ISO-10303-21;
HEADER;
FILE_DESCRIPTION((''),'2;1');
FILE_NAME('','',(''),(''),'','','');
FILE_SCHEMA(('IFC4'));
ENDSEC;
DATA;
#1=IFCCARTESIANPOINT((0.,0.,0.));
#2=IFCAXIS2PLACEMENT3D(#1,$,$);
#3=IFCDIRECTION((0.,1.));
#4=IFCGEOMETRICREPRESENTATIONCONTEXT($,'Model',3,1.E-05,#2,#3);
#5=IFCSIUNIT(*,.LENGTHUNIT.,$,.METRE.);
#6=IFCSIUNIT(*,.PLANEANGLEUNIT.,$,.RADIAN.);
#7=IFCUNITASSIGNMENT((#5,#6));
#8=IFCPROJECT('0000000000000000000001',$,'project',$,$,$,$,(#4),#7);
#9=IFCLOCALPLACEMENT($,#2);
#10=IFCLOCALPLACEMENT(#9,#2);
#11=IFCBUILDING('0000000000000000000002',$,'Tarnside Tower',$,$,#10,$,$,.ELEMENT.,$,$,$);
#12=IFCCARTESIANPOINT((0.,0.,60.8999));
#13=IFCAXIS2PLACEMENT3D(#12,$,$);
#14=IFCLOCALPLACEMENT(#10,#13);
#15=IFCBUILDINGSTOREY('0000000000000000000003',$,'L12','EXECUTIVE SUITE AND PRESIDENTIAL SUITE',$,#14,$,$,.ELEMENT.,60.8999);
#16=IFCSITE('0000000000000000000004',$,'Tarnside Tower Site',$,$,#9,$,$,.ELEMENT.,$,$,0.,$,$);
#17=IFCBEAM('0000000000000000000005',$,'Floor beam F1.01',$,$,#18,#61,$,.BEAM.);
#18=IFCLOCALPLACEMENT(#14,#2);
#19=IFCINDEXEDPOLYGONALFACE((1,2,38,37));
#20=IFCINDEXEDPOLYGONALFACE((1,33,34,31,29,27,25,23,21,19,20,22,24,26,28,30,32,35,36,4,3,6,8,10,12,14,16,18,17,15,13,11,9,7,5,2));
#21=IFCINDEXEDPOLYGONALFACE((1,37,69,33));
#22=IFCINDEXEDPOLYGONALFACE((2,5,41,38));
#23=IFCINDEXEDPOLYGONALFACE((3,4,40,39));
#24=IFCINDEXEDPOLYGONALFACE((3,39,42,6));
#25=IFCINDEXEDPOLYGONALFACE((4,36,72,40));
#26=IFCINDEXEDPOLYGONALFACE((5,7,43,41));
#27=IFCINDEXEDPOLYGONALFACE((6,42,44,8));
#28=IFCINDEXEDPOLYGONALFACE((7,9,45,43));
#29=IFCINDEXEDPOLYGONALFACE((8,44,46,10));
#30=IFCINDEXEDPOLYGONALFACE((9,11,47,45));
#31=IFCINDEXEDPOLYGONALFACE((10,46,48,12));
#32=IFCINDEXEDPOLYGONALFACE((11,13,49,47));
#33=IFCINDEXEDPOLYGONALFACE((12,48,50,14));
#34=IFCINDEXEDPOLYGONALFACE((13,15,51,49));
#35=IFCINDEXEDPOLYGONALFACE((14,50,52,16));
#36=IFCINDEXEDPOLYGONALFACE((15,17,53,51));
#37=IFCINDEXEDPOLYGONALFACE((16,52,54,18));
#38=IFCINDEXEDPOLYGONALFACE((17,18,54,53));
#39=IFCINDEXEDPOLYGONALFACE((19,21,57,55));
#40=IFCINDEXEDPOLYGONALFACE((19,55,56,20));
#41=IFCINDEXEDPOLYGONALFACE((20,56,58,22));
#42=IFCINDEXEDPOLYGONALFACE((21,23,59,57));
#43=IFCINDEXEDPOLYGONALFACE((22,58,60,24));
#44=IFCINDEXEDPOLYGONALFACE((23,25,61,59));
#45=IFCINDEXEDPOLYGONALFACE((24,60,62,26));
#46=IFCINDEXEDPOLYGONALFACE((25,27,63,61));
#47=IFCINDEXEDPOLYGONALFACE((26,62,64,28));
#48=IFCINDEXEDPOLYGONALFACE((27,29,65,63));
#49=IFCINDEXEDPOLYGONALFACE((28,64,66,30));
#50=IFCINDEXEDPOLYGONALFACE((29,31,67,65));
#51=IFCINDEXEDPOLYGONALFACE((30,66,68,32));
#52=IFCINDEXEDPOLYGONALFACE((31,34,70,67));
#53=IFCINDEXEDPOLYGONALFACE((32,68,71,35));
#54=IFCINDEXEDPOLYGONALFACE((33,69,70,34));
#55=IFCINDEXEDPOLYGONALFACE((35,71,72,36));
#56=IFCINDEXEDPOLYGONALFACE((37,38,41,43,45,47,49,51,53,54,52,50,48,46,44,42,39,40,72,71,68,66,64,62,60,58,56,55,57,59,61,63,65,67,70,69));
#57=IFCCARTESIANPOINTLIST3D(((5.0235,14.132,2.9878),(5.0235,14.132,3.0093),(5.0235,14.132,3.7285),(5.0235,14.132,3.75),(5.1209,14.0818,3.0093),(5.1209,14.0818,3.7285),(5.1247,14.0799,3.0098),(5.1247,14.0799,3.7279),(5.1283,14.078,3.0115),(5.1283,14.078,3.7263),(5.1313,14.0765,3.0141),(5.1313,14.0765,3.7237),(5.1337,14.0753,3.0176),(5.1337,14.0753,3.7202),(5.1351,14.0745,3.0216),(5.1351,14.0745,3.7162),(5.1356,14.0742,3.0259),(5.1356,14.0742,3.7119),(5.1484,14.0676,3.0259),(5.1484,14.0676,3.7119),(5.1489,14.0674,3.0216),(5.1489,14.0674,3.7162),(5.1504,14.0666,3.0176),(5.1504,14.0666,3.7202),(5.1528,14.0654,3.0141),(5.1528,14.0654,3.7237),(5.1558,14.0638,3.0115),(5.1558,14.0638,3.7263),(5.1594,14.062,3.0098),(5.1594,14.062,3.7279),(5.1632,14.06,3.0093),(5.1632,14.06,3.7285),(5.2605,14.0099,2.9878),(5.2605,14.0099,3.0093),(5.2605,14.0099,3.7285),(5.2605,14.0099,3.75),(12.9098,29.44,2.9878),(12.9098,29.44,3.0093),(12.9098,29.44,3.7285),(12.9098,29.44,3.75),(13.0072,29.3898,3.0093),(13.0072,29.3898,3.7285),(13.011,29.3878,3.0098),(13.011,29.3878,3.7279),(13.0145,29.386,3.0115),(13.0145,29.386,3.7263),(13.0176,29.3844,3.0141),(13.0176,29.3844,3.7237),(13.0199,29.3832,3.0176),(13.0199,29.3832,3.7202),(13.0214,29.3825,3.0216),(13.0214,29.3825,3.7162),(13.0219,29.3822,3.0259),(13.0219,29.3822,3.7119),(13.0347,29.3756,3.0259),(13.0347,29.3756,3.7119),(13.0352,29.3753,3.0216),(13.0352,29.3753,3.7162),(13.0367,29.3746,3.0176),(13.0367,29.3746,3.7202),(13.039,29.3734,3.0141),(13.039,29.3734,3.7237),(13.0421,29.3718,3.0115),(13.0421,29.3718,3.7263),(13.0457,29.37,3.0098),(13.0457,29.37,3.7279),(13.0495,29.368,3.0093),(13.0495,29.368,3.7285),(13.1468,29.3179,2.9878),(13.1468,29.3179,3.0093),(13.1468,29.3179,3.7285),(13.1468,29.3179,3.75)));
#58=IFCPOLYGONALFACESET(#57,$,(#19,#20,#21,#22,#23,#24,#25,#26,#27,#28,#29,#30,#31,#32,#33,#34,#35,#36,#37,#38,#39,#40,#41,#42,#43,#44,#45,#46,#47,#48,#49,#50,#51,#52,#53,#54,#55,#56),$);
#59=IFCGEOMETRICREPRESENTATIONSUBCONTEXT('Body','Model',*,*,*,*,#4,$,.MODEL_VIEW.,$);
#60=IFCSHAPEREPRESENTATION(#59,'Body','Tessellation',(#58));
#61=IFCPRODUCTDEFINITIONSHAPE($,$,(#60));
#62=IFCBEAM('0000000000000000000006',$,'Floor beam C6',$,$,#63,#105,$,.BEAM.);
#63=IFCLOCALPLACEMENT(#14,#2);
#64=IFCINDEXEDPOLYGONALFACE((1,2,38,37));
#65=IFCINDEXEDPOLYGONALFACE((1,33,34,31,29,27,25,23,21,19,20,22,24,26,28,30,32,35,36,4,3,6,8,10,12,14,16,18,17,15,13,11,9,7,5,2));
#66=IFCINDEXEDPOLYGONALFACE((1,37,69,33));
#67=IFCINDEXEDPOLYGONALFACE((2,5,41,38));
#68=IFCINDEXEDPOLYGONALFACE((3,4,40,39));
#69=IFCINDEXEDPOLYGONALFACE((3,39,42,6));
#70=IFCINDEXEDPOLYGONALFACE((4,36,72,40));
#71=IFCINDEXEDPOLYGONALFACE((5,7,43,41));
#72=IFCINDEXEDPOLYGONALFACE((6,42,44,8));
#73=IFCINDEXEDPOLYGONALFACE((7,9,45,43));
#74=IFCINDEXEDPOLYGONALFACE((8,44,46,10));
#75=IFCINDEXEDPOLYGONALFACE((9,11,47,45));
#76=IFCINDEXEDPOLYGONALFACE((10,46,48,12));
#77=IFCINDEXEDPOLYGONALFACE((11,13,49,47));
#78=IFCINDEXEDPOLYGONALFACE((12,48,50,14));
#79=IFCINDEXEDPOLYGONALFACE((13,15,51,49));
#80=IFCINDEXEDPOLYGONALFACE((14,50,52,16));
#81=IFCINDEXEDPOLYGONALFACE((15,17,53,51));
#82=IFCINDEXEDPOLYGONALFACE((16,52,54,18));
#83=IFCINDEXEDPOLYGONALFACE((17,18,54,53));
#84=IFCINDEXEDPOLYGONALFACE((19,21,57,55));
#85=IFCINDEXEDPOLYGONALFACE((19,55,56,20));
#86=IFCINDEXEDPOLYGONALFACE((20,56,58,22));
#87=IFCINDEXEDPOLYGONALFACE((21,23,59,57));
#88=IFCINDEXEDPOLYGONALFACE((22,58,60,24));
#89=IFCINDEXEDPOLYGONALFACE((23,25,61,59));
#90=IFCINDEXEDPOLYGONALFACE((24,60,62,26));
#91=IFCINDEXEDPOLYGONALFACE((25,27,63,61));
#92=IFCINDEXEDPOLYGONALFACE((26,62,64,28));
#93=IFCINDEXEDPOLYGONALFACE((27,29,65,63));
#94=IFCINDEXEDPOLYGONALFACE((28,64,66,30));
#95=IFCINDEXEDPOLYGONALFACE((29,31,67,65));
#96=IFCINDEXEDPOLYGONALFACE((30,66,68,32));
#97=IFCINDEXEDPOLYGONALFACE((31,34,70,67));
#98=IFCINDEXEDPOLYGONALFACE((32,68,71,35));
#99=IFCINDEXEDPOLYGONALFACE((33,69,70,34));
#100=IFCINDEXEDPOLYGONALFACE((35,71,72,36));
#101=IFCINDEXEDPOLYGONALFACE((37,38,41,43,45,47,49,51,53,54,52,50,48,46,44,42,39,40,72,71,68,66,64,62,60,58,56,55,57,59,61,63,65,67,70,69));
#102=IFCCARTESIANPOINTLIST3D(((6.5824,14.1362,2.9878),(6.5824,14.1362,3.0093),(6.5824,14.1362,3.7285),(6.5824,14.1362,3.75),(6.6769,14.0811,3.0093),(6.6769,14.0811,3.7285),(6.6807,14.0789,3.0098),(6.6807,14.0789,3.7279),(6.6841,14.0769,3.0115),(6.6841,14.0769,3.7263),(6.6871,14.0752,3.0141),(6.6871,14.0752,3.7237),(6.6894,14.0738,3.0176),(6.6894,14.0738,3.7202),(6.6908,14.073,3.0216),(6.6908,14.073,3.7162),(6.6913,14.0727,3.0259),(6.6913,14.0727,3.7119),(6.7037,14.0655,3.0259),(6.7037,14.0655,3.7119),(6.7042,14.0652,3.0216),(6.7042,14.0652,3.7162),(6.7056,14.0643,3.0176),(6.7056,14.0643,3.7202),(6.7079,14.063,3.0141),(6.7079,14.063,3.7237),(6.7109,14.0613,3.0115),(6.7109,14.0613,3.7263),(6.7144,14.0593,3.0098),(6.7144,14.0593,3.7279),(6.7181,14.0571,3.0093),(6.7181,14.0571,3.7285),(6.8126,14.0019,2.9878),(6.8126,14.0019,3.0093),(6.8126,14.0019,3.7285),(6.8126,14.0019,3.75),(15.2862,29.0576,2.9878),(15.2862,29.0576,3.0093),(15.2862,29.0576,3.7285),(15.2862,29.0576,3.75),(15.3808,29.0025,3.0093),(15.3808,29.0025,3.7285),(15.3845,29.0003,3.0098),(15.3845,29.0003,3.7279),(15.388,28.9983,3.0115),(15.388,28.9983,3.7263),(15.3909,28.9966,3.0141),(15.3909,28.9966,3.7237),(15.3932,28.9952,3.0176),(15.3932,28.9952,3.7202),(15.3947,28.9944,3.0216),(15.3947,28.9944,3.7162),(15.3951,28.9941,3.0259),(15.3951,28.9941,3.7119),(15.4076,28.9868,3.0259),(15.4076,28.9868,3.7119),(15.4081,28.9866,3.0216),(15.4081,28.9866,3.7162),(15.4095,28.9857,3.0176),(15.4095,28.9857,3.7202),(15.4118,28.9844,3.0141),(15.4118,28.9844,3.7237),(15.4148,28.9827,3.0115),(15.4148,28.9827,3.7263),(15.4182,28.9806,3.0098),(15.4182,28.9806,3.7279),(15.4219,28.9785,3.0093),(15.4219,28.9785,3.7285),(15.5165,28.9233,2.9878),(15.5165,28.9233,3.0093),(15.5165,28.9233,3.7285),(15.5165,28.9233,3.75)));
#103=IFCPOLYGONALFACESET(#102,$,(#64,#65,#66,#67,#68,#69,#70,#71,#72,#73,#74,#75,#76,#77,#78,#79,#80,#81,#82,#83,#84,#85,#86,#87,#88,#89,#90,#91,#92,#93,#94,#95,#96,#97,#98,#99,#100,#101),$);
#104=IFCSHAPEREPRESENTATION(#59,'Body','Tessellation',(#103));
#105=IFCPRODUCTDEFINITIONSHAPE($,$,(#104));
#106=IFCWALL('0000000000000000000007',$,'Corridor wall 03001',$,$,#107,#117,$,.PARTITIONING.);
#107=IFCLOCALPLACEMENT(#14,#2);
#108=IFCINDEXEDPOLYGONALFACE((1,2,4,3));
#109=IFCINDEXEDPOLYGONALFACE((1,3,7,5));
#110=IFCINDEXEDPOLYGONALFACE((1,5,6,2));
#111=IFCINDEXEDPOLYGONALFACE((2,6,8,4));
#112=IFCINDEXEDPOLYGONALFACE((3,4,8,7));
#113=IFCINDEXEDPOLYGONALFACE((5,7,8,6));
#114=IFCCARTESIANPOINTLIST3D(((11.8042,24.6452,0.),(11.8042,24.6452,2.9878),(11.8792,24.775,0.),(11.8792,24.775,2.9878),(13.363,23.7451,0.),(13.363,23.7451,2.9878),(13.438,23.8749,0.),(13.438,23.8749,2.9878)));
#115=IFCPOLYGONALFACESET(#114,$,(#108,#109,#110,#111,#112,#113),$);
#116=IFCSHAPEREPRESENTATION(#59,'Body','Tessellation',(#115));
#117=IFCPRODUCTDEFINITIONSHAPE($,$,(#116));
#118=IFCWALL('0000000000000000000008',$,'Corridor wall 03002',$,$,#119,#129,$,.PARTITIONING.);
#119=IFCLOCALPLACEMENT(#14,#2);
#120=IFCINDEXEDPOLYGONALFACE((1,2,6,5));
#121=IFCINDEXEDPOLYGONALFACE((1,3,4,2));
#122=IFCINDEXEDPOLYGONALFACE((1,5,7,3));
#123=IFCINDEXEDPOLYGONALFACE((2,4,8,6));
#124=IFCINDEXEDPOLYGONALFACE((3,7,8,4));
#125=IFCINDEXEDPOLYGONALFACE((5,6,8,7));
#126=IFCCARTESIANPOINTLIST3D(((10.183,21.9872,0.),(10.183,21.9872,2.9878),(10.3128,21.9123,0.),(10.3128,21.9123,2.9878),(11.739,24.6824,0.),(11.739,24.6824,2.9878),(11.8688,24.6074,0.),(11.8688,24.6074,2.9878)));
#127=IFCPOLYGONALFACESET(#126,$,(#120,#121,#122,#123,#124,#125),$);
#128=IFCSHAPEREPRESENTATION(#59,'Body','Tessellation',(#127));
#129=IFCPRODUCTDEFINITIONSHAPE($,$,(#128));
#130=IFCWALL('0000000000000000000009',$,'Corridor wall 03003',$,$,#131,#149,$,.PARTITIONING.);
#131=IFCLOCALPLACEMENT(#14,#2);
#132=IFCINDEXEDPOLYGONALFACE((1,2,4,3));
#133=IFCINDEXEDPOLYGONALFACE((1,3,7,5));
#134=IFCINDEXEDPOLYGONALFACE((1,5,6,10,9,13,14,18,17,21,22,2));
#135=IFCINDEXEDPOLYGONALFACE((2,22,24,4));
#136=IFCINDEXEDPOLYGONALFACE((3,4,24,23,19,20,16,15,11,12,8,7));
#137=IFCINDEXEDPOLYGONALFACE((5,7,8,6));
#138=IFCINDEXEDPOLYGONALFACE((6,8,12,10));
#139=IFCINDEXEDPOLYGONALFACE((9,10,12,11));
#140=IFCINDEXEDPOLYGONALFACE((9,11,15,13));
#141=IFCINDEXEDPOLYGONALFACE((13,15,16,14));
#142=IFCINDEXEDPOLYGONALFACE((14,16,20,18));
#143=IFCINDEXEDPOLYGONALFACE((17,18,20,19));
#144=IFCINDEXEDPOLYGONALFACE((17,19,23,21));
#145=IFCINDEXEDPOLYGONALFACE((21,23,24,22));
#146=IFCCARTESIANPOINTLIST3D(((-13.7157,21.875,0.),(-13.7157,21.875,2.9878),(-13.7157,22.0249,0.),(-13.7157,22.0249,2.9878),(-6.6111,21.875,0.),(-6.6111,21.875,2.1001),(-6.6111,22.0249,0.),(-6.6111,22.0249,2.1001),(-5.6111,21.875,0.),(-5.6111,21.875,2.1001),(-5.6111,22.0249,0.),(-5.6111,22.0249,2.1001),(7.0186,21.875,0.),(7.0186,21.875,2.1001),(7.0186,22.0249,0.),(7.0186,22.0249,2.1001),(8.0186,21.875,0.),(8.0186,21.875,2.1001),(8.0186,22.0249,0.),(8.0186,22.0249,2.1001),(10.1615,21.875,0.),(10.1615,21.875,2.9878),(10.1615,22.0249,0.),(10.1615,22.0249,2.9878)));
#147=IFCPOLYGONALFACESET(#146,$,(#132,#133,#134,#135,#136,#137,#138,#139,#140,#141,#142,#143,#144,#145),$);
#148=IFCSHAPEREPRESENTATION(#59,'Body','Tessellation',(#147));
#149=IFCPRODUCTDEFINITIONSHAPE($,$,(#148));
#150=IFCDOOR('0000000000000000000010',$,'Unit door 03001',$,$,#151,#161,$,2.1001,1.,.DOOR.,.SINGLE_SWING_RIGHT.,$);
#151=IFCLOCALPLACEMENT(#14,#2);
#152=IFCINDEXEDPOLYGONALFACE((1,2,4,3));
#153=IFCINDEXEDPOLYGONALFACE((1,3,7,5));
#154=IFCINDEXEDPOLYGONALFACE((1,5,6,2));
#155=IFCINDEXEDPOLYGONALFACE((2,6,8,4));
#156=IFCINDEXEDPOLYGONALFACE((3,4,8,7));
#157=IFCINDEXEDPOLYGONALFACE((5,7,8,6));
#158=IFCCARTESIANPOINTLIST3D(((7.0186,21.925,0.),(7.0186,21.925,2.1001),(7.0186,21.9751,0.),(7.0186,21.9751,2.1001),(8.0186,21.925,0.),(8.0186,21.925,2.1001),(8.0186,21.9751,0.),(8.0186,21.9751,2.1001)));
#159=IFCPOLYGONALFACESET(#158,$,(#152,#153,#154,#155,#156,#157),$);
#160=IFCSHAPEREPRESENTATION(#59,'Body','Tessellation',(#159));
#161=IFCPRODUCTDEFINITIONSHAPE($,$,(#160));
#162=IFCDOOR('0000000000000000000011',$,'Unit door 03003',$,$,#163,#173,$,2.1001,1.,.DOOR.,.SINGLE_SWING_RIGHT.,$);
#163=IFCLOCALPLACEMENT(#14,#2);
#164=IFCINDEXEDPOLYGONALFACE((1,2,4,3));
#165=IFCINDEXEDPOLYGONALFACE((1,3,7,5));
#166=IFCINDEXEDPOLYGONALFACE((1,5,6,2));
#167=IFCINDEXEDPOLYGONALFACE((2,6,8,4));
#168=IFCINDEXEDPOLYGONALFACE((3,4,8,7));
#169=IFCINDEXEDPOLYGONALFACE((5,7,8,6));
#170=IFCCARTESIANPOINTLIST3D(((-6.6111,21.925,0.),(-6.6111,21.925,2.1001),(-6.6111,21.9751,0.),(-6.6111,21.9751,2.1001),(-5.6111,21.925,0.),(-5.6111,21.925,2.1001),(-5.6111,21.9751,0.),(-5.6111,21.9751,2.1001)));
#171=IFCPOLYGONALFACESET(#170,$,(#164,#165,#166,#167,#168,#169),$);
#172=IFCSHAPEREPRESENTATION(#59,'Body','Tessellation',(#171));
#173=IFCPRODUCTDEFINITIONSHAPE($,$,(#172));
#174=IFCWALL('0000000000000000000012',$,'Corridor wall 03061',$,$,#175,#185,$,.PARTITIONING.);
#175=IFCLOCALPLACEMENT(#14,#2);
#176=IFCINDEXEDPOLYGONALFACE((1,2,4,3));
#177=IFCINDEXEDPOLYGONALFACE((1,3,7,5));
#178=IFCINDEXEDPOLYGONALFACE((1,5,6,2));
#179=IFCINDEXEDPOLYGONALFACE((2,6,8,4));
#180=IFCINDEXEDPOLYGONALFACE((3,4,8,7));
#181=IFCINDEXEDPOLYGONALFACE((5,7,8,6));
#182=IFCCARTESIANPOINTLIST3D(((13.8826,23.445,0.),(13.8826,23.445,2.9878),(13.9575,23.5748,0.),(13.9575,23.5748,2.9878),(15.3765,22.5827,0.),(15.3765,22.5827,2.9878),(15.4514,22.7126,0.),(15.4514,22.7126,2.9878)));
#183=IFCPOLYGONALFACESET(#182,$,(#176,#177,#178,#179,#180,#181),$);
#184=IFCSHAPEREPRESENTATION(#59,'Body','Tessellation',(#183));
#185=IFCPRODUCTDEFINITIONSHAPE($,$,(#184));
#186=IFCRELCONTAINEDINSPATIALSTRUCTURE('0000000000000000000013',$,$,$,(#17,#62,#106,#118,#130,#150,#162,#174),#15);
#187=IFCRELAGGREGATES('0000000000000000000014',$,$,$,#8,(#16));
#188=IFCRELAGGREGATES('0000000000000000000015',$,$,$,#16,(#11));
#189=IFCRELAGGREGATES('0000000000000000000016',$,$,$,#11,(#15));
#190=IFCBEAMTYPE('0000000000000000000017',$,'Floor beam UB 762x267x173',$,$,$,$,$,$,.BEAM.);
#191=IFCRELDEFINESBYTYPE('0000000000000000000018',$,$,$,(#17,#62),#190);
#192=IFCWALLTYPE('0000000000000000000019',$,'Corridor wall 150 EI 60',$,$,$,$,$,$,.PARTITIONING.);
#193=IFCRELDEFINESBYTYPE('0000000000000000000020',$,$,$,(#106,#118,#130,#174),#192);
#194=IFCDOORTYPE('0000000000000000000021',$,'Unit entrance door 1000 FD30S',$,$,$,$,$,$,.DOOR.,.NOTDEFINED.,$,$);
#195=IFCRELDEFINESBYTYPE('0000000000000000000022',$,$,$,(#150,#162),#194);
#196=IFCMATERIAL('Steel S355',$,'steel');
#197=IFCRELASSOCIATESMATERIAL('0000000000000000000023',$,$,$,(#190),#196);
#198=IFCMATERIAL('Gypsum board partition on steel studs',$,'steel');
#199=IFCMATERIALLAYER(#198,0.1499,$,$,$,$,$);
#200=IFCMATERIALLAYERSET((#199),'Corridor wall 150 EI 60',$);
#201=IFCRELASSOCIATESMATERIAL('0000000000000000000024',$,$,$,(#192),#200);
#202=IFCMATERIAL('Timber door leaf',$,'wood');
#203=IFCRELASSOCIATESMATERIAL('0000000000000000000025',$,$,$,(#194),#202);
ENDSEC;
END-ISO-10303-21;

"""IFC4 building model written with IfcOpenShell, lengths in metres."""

from ifc_helpers import new_model, si_unit, direction, frame, frame_2d, origin, origin_2d, place, context, subcontext, project, spatial, rectangle, i_section, extrude, material, layer, layer_set, material_profile, profile_set, type_object, element, fill, save


model = new_model("IFC4")

# Units and contexts
model_context = context("Model", 3, precision=1e-05, world=origin(), true_north=direction((0.0, 1.0)))
body_context = subcontext(model_context, "Body", "Model", "MODEL_VIEW")
ifc_project = project(units=[si_unit("LENGTHUNIT", "METRE"), si_unit("PLANEANGLEUNIT", "RADIAN")], contexts=[model_context])

# Site, building, storey
site_placement = place(None, origin())
site = spatial("IfcSite", under=ifc_project, at=site_placement, Name="Tarnside Tower Site", CompositionType="ELEMENT", RefElevation=0.0)
building_placement = place(site_placement, origin())
building = spatial("IfcBuilding", under=site, at=building_placement, Name="Tarnside Tower", CompositionType="ELEMENT")
storey_placement = place(building_placement, frame((0.0, 0.0, 60.8999)))
storey = spatial("IfcBuildingStorey", under=building, at=storey_placement, Name="L12", Description="EXECUTIVE SUITE AND PRESIDENTIAL SUITE", CompositionType="ELEMENT", Elevation=60.8999)

# Beams
ifc_material_1 = material(Name="Steel S355", Category="steel")
ifc_material_profile = material_profile(ifc_material_1, i_section(OverallWidth=0.2666, OverallDepth=0.7622, WebThickness=0.0144, FlangeThickness=0.0215, FilletRadius=0.0166, at=origin_2d()), Name="UB 762x267x173")
ifc_profile_set = profile_set([ifc_material_profile], Name="Steel S355")
beam_type = type_object("IfcBeamType", Name="Floor beam UB 762x267x173", PredefinedType="BEAM", material=ifc_profile_set)
beam_1_placement = place(storey_placement, frame((13.0283, 29.3789, 3.3689), z_axis=(-0.457973, -0.888966, 0.0), x_axis=(0.888966, -0.457973, 0.0)))
element("IfcBeam", 1, at=beam_1_placement, inside=storey, type_object=beam_type, Name="Floor beam F1.01", PredefinedType="BEAM", context=body_context, shape_type="SweptSolid", body=[
    extrude(i_section(OverallWidth=0.2666, OverallDepth=0.7622, WebThickness=0.0144, FlangeThickness=0.0215, FilletRadius=0.0166, at=origin_2d()), origin(), (0.0, 0.0, 1.0), 17.22),
])
beam_2_placement = place(storey_placement, frame((15.4014, 28.9905, 3.3689), z_axis=(-0.503859, -0.863786, 0.0), x_axis=(0.863786, -0.503859, 0.0)))
element("IfcBeam", 2, at=beam_2_placement, inside=storey, type_object=beam_type, Name="Floor beam C6", PredefinedType="BEAM", context=body_context, shape_type="SweptSolid", body=[
    extrude(i_section(OverallWidth=0.2666, OverallDepth=0.7622, WebThickness=0.0144, FlangeThickness=0.0215, FilletRadius=0.0166, at=origin_2d()), origin(), (0.0, 0.0, 1.0), 17.2744),
])

# Walls
ifc_material_2 = material(Name="Gypsum board partition on steel studs", Category="steel")
ifc_layer_1 = layer(ifc_material_2, 0.1499)
ifc_layer_set_1 = layer_set([ifc_layer_1], Name="Corridor wall 150 EI 60")
wall_type_1 = type_object("IfcWallType", Name="Corridor wall 150 EI 60", PredefinedType="PARTITIONING", material=ifc_layer_set_1)
wall_1_placement = place(storey_placement, frame((13.4004, 23.8101, 0.0), z_axis=(0.0, 0.0, 1.0), x_axis=(-0.865989, 0.500063, 0.0)))
element("IfcWall", 3, at=wall_1_placement, inside=storey, type_object=wall_type_1, Name="Corridor wall 03001", PredefinedType="PARTITIONING", context=body_context, shape_type="SweptSolid", body=[
    extrude(rectangle(XDim=1.8, YDim=0.1499, at=frame_2d((0.8999, 0.0))), origin(), (0.0, 0.0, 1.0), 2.9878),
])
wall_2_placement = place(storey_placement, frame((11.804, 24.645, 0.0), z_axis=(0.0, 0.0, 1.0), x_axis=(-0.499978, -0.866038, 0.0)))
element("IfcWall", 4, at=wall_2_placement, inside=storey, type_object=wall_type_1, Name="Corridor wall 03002", PredefinedType="PARTITIONING", context=body_context, shape_type="SweptSolid", body=[
    extrude(rectangle(XDim=3.1121, YDim=0.1499, at=frame_2d((1.5562, 0.0))), origin(), (0.0, 0.0, 1.0), 2.9878),
])

# Wall, openings, doors
wall_3_placement = place(storey_placement, frame((10.1614, 21.95, 0.0), z_axis=(0.0, 0.0, 1.0), x_axis=(-1.0, 0.0, 0.0)))
wall_3 = element("IfcWall", 5, at=wall_3_placement, inside=storey, type_object=wall_type_1, Name="Corridor wall 03003", PredefinedType="PARTITIONING", context=body_context, shape_type="SweptSolid", body=[
    extrude(rectangle(XDim=23.8772, YDim=0.1499, at=frame_2d((11.9385, 0.0))), origin(), (0.0, 0.0, 1.0), 2.9878),
])
opening_1_placement = place(wall_3_placement, frame((2.1428, 0.0, 0.0)))
opening_1 = element("IfcOpeningElement", 6, at=opening_1_placement, cuts=wall_3, PredefinedType="OPENING", context=body_context, shape_type="SweptSolid", body=[
    extrude(rectangle(XDim=1.0, YDim=2.1001, at=frame_2d((0.5, 1.05))), frame((0.0, 0.085, 0.0), z_axis=(0.0, -1.0, 0.0), x_axis=(1.0, 0.0, 0.0)), (0.0, 0.0, 1.0), 0.1699),
])
opening_2_placement = place(wall_3_placement, frame((15.7725, 0.0, 0.0)))
opening_2 = element("IfcOpeningElement", 7, at=opening_2_placement, cuts=wall_3, PredefinedType="OPENING", context=body_context, shape_type="SweptSolid", body=[
    extrude(rectangle(XDim=1.0, YDim=2.1001, at=frame_2d((0.5, 1.05))), frame((0.0, 0.085, 0.0), z_axis=(0.0, -1.0, 0.0), x_axis=(1.0, 0.0, 0.0)), (0.0, 0.0, 1.0), 0.1699),
])
ifc_material_3 = material(Name="Timber door leaf", Category="wood")
door_type = type_object("IfcDoorType", Name="Unit entrance door 1000 FD30S", OperationType="NOTDEFINED", PredefinedType="DOOR", material=ifc_material_3)
door_1_placement = place(opening_1_placement, origin())
door_1 = element("IfcDoor", 8, at=door_1_placement, inside=storey, type_object=door_type, Name="Unit door 03001", OperationType="SINGLE_SWING_RIGHT", OverallHeight=2.1001, OverallWidth=1.0, PredefinedType="DOOR", context=body_context, shape_type="SweptSolid", body=[
    extrude(rectangle(XDim=1.0, YDim=2.1001, at=frame_2d((0.5, 1.05))), frame((0.0, 0.0249, 0.0), z_axis=(0.0, -1.0, 0.0), x_axis=(1.0, 0.0, 0.0)), (0.0, 0.0, 1.0), 0.05),
])
fill(opening_1, door_1)
door_2_placement = place(opening_2_placement, origin())
door_2 = element("IfcDoor", 9, at=door_2_placement, inside=storey, type_object=door_type, Name="Unit door 03003", OperationType="SINGLE_SWING_RIGHT", OverallHeight=2.1001, OverallWidth=1.0, PredefinedType="DOOR", context=body_context, shape_type="SweptSolid", body=[
    extrude(rectangle(XDim=1.0, YDim=2.1001, at=frame_2d((0.5, 1.05))), frame((0.0, 0.0249, 0.0), z_axis=(0.0, -1.0, 0.0), x_axis=(1.0, 0.0, 0.0)), (0.0, 0.0, 1.0), 0.05),
])
fill(opening_2, door_2)

# Wall
wall_4_placement = place(storey_placement, frame((15.4138, 22.6477, 0.0), z_axis=(0.0, 0.0, 1.0), x_axis=(-0.866075, 0.499914, 0.0)))
element("IfcWall", 10, at=wall_4_placement, inside=storey, type_object=wall_type_1, Name="Corridor wall 03061", PredefinedType="PARTITIONING", context=body_context, shape_type="SweptSolid", body=[
    extrude(rectangle(XDim=1.7249, YDim=0.1499, at=frame_2d((0.8623, 0.0))), origin(), (0.0, 0.0, 1.0), 2.9878),
])

save(model, "model.ifc")
